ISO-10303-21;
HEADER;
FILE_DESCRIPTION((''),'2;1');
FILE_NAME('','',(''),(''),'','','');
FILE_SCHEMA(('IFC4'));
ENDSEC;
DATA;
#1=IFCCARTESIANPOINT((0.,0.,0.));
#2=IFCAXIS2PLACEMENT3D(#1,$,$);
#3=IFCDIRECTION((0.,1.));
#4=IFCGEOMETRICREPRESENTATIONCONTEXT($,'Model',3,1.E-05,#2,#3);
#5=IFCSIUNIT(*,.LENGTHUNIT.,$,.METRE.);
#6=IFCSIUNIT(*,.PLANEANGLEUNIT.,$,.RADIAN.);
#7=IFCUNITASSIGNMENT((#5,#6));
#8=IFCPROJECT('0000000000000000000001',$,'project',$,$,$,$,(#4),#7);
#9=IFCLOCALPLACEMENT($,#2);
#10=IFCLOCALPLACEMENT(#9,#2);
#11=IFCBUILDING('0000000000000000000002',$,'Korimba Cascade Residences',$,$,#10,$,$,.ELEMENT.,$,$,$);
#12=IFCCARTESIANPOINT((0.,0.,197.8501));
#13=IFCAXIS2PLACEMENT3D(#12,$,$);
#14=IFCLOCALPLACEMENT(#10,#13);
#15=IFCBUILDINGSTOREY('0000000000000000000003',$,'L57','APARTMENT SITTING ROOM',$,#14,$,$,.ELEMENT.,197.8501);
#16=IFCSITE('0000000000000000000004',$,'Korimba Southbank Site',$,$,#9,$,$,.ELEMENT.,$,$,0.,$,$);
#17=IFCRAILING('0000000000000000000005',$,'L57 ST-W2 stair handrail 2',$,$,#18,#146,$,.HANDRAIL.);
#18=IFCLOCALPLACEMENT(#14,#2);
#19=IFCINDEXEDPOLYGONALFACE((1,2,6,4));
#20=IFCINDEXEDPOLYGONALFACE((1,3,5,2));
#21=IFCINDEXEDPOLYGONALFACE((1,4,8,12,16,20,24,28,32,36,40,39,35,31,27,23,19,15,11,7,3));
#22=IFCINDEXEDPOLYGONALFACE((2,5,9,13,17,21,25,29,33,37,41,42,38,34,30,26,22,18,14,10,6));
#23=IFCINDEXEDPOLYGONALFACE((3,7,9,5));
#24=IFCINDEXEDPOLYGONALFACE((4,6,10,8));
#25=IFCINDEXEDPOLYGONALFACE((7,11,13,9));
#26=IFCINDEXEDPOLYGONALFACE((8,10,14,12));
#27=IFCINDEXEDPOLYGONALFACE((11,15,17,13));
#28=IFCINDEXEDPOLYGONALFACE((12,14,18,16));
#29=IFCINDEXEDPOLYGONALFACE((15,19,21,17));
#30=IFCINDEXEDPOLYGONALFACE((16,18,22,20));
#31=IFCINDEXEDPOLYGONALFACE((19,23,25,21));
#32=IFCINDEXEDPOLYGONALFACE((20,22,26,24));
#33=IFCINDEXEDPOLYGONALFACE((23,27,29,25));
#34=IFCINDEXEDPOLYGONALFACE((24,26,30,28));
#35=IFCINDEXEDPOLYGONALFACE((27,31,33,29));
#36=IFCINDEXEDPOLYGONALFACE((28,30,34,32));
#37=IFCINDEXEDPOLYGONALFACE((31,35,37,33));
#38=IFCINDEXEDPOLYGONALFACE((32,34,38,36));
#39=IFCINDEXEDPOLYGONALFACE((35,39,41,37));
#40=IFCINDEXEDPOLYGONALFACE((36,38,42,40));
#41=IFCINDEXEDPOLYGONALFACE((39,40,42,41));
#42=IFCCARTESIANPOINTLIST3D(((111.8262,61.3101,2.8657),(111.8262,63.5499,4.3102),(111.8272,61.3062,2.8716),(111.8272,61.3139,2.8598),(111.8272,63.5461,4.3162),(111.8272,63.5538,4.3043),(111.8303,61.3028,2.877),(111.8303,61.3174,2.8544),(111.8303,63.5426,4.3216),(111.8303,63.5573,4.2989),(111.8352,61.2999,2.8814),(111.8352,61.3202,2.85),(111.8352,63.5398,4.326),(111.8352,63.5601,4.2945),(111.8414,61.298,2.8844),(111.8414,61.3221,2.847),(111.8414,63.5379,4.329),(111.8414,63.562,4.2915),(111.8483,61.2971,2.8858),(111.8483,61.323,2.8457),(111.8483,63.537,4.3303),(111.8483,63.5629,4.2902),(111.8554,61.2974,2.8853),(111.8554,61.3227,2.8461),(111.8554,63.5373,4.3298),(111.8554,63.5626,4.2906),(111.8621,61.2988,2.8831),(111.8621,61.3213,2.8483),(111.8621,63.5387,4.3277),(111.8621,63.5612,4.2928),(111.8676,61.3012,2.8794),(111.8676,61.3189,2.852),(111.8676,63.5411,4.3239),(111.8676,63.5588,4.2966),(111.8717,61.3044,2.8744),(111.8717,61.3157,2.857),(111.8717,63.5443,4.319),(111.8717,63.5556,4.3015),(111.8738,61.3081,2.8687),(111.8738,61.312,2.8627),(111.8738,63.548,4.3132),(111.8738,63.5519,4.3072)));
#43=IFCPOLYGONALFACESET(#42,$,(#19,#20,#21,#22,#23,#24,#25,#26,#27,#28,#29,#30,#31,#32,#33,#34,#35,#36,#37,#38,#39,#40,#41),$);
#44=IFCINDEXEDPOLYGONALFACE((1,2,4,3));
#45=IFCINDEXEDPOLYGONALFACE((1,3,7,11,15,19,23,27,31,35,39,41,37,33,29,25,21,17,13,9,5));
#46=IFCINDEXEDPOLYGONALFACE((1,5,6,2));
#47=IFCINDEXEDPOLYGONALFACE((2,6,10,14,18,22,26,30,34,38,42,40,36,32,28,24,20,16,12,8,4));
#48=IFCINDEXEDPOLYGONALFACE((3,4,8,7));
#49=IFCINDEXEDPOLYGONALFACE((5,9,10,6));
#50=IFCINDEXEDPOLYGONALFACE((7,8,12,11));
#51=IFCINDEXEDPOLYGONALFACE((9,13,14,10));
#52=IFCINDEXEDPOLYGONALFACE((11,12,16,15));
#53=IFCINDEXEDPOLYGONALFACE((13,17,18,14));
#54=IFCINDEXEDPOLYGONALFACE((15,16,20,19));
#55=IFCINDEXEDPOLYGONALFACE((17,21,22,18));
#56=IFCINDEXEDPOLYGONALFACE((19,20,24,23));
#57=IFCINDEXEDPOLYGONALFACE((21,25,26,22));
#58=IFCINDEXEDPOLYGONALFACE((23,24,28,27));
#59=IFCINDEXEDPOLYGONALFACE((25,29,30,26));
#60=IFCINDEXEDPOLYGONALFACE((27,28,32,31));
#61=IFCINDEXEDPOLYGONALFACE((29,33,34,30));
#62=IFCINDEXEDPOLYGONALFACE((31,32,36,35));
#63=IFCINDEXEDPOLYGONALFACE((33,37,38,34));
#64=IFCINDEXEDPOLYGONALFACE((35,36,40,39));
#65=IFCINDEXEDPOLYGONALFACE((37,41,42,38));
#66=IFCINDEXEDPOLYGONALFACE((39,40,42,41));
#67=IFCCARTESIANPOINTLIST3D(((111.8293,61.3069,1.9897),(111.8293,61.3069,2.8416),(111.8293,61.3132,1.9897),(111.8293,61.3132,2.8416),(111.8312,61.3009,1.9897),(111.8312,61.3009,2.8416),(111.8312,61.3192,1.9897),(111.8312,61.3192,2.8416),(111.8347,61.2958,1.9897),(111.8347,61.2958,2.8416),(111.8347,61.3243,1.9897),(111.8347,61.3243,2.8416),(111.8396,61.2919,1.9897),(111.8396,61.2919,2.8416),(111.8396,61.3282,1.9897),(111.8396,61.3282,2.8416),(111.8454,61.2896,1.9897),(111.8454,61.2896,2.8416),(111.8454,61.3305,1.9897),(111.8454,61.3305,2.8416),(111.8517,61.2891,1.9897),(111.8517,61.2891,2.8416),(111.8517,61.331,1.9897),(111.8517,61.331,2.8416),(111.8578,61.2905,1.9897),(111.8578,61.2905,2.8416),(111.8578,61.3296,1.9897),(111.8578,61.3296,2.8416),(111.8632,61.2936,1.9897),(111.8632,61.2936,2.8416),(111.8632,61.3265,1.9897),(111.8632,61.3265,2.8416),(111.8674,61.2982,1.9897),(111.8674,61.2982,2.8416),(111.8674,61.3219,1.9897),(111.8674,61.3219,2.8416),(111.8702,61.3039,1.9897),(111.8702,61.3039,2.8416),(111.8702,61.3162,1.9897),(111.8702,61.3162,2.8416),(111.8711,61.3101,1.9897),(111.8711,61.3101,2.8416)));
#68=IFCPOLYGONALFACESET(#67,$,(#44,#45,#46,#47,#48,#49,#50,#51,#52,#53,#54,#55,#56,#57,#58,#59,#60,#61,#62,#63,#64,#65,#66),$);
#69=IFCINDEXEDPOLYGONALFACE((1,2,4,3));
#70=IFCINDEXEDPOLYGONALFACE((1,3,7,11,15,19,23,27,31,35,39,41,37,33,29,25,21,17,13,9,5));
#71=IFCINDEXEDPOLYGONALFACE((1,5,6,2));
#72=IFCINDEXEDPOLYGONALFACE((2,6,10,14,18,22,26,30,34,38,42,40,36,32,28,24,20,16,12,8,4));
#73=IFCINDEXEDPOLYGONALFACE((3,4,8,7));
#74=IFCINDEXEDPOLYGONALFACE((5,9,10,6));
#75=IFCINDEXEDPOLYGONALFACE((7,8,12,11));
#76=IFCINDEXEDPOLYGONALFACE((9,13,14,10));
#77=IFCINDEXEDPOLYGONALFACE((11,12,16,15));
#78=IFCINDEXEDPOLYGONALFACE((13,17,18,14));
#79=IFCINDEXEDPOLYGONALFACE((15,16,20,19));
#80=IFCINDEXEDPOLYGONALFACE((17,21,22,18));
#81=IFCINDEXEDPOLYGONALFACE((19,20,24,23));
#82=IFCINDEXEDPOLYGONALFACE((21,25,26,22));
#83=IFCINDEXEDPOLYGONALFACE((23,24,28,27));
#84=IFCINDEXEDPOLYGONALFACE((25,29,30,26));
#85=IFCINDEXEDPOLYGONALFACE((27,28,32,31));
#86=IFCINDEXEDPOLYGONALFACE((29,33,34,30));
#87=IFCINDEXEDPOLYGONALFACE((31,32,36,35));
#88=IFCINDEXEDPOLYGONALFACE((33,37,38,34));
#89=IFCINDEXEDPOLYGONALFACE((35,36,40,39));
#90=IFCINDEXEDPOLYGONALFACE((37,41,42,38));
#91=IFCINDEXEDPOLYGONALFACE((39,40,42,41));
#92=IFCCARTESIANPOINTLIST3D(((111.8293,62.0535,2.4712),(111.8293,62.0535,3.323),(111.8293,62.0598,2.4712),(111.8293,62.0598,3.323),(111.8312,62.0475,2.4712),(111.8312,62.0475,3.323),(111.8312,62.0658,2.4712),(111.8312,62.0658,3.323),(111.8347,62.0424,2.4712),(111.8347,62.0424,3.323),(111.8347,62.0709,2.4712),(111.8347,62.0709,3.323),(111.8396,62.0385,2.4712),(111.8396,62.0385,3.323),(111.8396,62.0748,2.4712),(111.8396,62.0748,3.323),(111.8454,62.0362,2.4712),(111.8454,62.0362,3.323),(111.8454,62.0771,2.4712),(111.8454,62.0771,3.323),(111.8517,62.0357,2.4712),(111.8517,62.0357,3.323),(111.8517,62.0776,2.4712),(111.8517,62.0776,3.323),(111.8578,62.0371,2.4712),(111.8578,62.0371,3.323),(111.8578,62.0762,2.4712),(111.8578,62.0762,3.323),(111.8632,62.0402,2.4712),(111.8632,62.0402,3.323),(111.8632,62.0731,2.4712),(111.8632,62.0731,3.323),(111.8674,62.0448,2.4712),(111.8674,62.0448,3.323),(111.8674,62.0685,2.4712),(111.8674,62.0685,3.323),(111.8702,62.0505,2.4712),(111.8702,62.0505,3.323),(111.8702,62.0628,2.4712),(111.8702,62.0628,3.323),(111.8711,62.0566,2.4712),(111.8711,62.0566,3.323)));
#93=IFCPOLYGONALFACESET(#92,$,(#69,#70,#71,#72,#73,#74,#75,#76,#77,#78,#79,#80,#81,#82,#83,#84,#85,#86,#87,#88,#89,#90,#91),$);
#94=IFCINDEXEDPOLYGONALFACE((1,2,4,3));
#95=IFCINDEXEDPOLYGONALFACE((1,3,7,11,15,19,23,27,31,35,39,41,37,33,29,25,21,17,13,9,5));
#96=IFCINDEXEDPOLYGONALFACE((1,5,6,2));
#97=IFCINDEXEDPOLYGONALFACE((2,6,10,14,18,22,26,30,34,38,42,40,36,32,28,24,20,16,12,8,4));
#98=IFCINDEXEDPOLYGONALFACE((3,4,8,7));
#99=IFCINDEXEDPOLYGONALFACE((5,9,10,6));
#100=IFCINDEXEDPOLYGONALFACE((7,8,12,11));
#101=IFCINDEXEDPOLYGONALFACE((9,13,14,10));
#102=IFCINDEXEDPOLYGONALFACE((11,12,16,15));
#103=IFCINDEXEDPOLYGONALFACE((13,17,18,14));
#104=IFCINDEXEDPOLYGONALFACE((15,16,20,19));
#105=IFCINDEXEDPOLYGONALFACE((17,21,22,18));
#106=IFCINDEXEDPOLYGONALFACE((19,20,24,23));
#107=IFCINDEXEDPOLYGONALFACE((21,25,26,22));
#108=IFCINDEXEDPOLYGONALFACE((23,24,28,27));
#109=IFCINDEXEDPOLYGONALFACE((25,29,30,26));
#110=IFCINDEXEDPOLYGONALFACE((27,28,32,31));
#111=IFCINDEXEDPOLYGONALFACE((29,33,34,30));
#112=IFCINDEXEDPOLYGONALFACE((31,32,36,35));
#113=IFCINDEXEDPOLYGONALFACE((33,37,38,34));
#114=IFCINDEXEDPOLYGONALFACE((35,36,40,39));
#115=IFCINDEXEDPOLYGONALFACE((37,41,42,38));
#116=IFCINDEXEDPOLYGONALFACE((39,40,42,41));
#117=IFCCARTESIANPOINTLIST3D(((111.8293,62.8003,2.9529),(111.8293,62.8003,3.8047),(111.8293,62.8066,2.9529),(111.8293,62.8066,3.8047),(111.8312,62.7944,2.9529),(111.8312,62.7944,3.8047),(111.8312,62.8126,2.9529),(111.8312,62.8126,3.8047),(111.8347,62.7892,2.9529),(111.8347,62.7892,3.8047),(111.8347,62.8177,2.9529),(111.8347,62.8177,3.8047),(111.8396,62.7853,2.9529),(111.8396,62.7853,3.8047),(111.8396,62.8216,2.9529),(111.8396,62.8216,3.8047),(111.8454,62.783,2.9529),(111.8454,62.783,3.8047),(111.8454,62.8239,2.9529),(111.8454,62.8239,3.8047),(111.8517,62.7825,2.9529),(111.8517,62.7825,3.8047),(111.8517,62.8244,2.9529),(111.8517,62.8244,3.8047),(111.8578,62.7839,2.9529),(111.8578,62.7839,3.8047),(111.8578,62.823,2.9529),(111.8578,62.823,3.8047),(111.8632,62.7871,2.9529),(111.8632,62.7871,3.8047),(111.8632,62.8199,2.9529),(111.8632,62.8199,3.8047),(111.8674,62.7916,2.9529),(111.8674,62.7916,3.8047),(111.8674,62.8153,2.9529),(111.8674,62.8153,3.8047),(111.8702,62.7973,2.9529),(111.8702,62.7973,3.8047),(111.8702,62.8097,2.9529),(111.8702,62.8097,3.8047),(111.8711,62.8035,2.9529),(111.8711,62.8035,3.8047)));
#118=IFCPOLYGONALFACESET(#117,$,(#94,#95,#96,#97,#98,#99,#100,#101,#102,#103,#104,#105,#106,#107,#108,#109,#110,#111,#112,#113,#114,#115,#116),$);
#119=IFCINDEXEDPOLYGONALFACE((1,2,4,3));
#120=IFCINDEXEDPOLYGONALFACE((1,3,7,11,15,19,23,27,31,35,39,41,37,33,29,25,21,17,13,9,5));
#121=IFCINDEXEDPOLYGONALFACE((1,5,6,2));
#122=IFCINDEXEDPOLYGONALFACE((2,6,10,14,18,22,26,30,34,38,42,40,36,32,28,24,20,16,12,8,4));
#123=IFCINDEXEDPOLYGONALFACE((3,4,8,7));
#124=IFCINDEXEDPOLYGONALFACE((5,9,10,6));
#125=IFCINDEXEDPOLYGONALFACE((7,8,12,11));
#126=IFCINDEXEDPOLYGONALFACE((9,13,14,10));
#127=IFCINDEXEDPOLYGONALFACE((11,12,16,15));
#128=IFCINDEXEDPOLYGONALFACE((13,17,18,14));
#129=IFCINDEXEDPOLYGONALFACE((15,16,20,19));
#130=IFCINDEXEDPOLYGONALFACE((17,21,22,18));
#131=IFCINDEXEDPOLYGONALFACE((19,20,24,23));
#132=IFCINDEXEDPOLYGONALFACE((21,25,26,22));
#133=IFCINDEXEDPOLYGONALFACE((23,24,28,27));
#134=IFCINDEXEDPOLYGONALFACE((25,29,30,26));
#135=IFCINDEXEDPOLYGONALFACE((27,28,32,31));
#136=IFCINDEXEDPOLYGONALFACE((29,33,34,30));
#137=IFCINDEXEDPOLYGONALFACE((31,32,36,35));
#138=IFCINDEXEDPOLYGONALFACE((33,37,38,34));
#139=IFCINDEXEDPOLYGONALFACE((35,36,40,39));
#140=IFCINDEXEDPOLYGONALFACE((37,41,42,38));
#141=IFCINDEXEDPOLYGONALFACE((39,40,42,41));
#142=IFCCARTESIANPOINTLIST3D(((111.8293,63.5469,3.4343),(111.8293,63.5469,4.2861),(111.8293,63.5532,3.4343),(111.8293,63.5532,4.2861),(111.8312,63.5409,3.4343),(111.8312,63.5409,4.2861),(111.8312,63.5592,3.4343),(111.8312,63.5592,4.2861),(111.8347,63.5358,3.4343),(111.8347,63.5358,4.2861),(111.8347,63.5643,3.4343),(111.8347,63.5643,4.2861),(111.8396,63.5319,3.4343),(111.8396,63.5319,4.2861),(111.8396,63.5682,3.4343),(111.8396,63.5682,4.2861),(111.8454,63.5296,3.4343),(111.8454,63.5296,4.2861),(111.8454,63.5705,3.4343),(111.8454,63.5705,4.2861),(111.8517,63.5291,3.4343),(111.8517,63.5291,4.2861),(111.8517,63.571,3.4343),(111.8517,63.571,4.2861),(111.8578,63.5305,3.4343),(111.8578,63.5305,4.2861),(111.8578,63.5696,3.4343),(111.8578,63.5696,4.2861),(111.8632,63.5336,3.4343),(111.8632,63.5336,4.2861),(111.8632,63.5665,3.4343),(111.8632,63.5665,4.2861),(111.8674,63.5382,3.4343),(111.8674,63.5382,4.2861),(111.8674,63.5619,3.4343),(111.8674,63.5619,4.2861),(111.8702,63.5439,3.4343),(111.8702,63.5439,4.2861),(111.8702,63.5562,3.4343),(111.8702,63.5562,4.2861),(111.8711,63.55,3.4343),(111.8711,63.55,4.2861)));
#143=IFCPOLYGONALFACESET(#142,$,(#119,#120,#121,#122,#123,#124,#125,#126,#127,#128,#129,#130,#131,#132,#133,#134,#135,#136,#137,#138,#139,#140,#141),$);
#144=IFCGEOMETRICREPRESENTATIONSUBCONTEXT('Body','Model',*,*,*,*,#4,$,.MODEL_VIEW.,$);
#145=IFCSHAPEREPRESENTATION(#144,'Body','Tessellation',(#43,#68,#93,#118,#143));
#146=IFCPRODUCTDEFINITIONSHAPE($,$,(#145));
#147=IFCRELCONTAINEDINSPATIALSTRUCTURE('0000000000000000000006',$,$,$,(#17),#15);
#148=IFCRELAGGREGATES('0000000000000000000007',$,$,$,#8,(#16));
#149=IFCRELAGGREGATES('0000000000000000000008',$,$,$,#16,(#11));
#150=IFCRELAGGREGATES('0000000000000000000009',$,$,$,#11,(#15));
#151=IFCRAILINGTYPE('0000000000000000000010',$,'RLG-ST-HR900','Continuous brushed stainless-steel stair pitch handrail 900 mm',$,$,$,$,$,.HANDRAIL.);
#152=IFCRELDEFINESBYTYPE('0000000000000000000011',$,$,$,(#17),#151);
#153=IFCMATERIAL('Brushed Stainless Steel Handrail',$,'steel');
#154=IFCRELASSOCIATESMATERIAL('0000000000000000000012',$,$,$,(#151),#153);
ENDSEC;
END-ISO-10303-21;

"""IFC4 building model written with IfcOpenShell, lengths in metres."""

from ifc_helpers import new_model, si_unit, direction, frame, origin, origin_2d, place, context, subcontext, project, spatial, circle, extrude, material, type_object, element, save


model = new_model("IFC4")

# Units and contexts
model_context = context("Model", 3, precision=1e-05, world=origin(), true_north=direction((0.0, 1.0)))
body_context = subcontext(model_context, "Body", "Model", "MODEL_VIEW")
ifc_project = project(units=[si_unit("LENGTHUNIT", "METRE"), si_unit("PLANEANGLEUNIT", "RADIAN")], contexts=[model_context])

# Site, building, storey
site_placement = place(None, origin())
site = spatial("IfcSite", under=ifc_project, at=site_placement, Name="Korimba Southbank Site", CompositionType="ELEMENT", RefElevation=0.0)
building_placement = place(site_placement, origin())
building = spatial("IfcBuilding", under=site, at=building_placement, Name="Korimba Cascade Residences", CompositionType="ELEMENT")
storey_placement = place(building_placement, frame((0.0, 0.0, 197.8501)))
storey = spatial("IfcBuildingStorey", under=building, at=storey_placement, Name="L57", Description="APARTMENT SITTING ROOM", CompositionType="ELEMENT", Elevation=197.8501)

# Railing
ifc_material_1 = material(Name="Brushed Stainless Steel Handrail", Category="steel")
railing_type_1 = type_object("IfcRailingType", Name="RLG-ST-HR900", Description="Continuous brushed stainless-steel stair pitch handrail 900 mm", PredefinedType="HANDRAIL", material=ifc_material_1)
railing_1_placement = place(storey_placement, frame((111.8501, 61.3101, 1.9897)))
element("IfcRailing", 1, at=railing_1_placement, inside=storey, type_object=railing_type_1, Name="L57 ST-W2 stair handrail 2", PredefinedType="HANDRAIL", context=body_context, shape_type="SweptSolid", body=[
    extrude(circle(Radius=0.0239, at=origin_2d()), frame((0.0, 0.0, 0.876), z_axis=(0.0, 0.840395, 0.541975), x_axis=(-1.0, 0.0, 0.0)), (0.0, 0.0, 1.0), 2.6653),
    extrude(circle(Radius=0.021, at=origin_2d()), origin(), (0.0, 0.0, 1.0), 0.8518),
    extrude(circle(Radius=0.021, at=origin_2d()), frame((0.0, 0.7466, 0.4814)), (0.0, 0.0, 1.0), 0.8518),
    extrude(circle(Radius=0.021, at=origin_2d()), frame((0.0, 1.4934, 0.9631)), (0.0, 0.0, 1.0), 0.8518),
    extrude(circle(Radius=0.021, at=origin_2d()), frame((0.0, 2.24, 1.4446)), (0.0, 0.0, 1.0), 0.8518),
])

save(model, "model.ifc")
